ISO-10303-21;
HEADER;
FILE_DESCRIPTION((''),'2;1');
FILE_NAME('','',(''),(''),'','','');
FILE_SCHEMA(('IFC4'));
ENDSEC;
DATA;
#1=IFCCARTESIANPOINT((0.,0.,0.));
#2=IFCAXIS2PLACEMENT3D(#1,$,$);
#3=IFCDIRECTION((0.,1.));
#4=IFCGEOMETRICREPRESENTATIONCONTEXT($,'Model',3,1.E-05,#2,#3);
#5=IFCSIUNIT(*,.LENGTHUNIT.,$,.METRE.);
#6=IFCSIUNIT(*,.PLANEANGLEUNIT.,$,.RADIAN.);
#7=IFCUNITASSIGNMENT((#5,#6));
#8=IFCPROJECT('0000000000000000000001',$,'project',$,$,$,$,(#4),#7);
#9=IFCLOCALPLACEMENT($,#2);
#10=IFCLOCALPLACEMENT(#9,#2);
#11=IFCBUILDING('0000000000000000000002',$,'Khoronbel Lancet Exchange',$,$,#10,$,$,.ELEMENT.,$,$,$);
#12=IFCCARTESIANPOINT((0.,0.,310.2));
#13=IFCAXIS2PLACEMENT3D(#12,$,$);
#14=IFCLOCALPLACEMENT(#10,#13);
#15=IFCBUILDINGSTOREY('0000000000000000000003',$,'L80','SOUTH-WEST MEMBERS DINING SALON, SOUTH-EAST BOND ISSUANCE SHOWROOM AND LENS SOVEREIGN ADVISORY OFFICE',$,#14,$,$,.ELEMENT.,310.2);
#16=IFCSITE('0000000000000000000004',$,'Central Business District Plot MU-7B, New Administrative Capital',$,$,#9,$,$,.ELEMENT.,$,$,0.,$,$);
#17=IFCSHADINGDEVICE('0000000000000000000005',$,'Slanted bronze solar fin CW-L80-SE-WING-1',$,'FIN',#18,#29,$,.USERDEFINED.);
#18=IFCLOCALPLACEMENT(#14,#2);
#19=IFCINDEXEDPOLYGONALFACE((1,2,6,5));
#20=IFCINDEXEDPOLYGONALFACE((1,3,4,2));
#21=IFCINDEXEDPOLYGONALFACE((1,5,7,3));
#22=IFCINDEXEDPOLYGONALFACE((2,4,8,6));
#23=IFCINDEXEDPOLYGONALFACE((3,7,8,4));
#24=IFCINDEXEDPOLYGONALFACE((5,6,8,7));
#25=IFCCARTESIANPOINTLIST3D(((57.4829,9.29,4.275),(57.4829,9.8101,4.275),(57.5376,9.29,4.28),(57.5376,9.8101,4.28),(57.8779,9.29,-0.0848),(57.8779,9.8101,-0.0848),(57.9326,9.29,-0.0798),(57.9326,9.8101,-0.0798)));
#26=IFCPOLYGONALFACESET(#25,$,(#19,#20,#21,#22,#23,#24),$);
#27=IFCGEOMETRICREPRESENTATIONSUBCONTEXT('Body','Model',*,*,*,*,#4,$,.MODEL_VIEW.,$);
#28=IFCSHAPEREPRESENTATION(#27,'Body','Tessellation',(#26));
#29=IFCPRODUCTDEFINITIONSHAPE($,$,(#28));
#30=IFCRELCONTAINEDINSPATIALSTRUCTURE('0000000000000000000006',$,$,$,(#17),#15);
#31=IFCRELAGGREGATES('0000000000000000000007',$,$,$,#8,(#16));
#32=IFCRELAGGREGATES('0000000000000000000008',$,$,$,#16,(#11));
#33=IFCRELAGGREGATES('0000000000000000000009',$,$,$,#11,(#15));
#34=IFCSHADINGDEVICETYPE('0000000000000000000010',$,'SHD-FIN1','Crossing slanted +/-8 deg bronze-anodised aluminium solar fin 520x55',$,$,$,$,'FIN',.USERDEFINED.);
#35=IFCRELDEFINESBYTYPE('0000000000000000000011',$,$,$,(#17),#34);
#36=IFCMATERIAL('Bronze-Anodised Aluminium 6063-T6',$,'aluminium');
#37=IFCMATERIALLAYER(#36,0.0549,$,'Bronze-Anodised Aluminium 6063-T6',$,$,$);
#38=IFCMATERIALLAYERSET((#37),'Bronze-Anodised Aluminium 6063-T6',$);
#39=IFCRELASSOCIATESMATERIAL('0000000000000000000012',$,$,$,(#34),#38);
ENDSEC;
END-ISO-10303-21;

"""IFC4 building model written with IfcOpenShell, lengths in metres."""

from ifc_helpers import new_model, si_unit, direction, frame, origin, place, context, subcontext, project, spatial, polyline, outline, extrude, material, layer, layer_set, type_object, element, save


model = new_model("IFC4")

# Units and contexts
model_context = context("Model", 3, precision=1e-05, world=origin(), true_north=direction((0.0, 1.0)))
body_context = subcontext(model_context, "Body", "Model", "MODEL_VIEW")
ifc_project = project(units=[si_unit("LENGTHUNIT", "METRE"), si_unit("PLANEANGLEUNIT", "RADIAN")], contexts=[model_context])

# Site, building, storey
site_placement = place(None, origin())
site = spatial("IfcSite", under=ifc_project, at=site_placement, Name="Central Business District Plot MU-7B, New Administrative Capital", CompositionType="ELEMENT", RefElevation=0.0)
building_placement = place(site_placement, origin())
building = spatial("IfcBuilding", under=site, at=building_placement, Name="Khoronbel Lancet Exchange", CompositionType="ELEMENT")
storey_placement = place(building_placement, frame((0.0, 0.0, 310.2)))
storey = spatial("IfcBuildingStorey", under=building, at=storey_placement, Name="L80", Description="SOUTH-WEST MEMBERS DINING SALON, SOUTH-EAST BOND ISSUANCE SHOWROOM AND LENS SOVEREIGN ADVISORY OFFICE", CompositionType="ELEMENT", Elevation=310.2)

# Shared definitions
ifc_material_1 = material(Name="Bronze-Anodised Aluminium 6063-T6", Category="aluminium")

# Shading device
ifc_layer_1 = layer(ifc_material_1, 0.0549, Name="Bronze-Anodised Aluminium 6063-T6")
ifc_layer_set_1 = layer_set([ifc_layer_1], Name="Bronze-Anodised Aluminium 6063-T6")
shading_device_type = type_object("IfcShadingDeviceType", Name="SHD-FIN1", Description="Crossing slanted +/-8 deg bronze-anodised aluminium solar fin 520x55", ElementType="FIN", PredefinedType="USERDEFINED", material=ifc_layer_set_1)
shading_device_placement = place(storey_placement, frame((57.9326, 9.8101, -0.0798), z_axis=(0.995921, 0.0, 0.090234), x_axis=(0.0, -1.0, 0.0)))
element("IfcShadingDevice", 1, at=shading_device_placement, inside=storey, type_object=shading_device_type, Name="Slanted bronze solar fin CW-L80-SE-WING-1", ObjectType="FIN", PredefinedType="USERDEFINED", context=body_context, shape_type="SweptSolid", body=[
    extrude(outline(polyline([(0.0, 0.0), (0.52, 0.0), (0.52, -4.3777), (0.0, -4.3777), (0.0, 0.0)])), origin(), (0.0, 0.0, -1.0), 0.0549),
])

save(model, "model.ifc")
